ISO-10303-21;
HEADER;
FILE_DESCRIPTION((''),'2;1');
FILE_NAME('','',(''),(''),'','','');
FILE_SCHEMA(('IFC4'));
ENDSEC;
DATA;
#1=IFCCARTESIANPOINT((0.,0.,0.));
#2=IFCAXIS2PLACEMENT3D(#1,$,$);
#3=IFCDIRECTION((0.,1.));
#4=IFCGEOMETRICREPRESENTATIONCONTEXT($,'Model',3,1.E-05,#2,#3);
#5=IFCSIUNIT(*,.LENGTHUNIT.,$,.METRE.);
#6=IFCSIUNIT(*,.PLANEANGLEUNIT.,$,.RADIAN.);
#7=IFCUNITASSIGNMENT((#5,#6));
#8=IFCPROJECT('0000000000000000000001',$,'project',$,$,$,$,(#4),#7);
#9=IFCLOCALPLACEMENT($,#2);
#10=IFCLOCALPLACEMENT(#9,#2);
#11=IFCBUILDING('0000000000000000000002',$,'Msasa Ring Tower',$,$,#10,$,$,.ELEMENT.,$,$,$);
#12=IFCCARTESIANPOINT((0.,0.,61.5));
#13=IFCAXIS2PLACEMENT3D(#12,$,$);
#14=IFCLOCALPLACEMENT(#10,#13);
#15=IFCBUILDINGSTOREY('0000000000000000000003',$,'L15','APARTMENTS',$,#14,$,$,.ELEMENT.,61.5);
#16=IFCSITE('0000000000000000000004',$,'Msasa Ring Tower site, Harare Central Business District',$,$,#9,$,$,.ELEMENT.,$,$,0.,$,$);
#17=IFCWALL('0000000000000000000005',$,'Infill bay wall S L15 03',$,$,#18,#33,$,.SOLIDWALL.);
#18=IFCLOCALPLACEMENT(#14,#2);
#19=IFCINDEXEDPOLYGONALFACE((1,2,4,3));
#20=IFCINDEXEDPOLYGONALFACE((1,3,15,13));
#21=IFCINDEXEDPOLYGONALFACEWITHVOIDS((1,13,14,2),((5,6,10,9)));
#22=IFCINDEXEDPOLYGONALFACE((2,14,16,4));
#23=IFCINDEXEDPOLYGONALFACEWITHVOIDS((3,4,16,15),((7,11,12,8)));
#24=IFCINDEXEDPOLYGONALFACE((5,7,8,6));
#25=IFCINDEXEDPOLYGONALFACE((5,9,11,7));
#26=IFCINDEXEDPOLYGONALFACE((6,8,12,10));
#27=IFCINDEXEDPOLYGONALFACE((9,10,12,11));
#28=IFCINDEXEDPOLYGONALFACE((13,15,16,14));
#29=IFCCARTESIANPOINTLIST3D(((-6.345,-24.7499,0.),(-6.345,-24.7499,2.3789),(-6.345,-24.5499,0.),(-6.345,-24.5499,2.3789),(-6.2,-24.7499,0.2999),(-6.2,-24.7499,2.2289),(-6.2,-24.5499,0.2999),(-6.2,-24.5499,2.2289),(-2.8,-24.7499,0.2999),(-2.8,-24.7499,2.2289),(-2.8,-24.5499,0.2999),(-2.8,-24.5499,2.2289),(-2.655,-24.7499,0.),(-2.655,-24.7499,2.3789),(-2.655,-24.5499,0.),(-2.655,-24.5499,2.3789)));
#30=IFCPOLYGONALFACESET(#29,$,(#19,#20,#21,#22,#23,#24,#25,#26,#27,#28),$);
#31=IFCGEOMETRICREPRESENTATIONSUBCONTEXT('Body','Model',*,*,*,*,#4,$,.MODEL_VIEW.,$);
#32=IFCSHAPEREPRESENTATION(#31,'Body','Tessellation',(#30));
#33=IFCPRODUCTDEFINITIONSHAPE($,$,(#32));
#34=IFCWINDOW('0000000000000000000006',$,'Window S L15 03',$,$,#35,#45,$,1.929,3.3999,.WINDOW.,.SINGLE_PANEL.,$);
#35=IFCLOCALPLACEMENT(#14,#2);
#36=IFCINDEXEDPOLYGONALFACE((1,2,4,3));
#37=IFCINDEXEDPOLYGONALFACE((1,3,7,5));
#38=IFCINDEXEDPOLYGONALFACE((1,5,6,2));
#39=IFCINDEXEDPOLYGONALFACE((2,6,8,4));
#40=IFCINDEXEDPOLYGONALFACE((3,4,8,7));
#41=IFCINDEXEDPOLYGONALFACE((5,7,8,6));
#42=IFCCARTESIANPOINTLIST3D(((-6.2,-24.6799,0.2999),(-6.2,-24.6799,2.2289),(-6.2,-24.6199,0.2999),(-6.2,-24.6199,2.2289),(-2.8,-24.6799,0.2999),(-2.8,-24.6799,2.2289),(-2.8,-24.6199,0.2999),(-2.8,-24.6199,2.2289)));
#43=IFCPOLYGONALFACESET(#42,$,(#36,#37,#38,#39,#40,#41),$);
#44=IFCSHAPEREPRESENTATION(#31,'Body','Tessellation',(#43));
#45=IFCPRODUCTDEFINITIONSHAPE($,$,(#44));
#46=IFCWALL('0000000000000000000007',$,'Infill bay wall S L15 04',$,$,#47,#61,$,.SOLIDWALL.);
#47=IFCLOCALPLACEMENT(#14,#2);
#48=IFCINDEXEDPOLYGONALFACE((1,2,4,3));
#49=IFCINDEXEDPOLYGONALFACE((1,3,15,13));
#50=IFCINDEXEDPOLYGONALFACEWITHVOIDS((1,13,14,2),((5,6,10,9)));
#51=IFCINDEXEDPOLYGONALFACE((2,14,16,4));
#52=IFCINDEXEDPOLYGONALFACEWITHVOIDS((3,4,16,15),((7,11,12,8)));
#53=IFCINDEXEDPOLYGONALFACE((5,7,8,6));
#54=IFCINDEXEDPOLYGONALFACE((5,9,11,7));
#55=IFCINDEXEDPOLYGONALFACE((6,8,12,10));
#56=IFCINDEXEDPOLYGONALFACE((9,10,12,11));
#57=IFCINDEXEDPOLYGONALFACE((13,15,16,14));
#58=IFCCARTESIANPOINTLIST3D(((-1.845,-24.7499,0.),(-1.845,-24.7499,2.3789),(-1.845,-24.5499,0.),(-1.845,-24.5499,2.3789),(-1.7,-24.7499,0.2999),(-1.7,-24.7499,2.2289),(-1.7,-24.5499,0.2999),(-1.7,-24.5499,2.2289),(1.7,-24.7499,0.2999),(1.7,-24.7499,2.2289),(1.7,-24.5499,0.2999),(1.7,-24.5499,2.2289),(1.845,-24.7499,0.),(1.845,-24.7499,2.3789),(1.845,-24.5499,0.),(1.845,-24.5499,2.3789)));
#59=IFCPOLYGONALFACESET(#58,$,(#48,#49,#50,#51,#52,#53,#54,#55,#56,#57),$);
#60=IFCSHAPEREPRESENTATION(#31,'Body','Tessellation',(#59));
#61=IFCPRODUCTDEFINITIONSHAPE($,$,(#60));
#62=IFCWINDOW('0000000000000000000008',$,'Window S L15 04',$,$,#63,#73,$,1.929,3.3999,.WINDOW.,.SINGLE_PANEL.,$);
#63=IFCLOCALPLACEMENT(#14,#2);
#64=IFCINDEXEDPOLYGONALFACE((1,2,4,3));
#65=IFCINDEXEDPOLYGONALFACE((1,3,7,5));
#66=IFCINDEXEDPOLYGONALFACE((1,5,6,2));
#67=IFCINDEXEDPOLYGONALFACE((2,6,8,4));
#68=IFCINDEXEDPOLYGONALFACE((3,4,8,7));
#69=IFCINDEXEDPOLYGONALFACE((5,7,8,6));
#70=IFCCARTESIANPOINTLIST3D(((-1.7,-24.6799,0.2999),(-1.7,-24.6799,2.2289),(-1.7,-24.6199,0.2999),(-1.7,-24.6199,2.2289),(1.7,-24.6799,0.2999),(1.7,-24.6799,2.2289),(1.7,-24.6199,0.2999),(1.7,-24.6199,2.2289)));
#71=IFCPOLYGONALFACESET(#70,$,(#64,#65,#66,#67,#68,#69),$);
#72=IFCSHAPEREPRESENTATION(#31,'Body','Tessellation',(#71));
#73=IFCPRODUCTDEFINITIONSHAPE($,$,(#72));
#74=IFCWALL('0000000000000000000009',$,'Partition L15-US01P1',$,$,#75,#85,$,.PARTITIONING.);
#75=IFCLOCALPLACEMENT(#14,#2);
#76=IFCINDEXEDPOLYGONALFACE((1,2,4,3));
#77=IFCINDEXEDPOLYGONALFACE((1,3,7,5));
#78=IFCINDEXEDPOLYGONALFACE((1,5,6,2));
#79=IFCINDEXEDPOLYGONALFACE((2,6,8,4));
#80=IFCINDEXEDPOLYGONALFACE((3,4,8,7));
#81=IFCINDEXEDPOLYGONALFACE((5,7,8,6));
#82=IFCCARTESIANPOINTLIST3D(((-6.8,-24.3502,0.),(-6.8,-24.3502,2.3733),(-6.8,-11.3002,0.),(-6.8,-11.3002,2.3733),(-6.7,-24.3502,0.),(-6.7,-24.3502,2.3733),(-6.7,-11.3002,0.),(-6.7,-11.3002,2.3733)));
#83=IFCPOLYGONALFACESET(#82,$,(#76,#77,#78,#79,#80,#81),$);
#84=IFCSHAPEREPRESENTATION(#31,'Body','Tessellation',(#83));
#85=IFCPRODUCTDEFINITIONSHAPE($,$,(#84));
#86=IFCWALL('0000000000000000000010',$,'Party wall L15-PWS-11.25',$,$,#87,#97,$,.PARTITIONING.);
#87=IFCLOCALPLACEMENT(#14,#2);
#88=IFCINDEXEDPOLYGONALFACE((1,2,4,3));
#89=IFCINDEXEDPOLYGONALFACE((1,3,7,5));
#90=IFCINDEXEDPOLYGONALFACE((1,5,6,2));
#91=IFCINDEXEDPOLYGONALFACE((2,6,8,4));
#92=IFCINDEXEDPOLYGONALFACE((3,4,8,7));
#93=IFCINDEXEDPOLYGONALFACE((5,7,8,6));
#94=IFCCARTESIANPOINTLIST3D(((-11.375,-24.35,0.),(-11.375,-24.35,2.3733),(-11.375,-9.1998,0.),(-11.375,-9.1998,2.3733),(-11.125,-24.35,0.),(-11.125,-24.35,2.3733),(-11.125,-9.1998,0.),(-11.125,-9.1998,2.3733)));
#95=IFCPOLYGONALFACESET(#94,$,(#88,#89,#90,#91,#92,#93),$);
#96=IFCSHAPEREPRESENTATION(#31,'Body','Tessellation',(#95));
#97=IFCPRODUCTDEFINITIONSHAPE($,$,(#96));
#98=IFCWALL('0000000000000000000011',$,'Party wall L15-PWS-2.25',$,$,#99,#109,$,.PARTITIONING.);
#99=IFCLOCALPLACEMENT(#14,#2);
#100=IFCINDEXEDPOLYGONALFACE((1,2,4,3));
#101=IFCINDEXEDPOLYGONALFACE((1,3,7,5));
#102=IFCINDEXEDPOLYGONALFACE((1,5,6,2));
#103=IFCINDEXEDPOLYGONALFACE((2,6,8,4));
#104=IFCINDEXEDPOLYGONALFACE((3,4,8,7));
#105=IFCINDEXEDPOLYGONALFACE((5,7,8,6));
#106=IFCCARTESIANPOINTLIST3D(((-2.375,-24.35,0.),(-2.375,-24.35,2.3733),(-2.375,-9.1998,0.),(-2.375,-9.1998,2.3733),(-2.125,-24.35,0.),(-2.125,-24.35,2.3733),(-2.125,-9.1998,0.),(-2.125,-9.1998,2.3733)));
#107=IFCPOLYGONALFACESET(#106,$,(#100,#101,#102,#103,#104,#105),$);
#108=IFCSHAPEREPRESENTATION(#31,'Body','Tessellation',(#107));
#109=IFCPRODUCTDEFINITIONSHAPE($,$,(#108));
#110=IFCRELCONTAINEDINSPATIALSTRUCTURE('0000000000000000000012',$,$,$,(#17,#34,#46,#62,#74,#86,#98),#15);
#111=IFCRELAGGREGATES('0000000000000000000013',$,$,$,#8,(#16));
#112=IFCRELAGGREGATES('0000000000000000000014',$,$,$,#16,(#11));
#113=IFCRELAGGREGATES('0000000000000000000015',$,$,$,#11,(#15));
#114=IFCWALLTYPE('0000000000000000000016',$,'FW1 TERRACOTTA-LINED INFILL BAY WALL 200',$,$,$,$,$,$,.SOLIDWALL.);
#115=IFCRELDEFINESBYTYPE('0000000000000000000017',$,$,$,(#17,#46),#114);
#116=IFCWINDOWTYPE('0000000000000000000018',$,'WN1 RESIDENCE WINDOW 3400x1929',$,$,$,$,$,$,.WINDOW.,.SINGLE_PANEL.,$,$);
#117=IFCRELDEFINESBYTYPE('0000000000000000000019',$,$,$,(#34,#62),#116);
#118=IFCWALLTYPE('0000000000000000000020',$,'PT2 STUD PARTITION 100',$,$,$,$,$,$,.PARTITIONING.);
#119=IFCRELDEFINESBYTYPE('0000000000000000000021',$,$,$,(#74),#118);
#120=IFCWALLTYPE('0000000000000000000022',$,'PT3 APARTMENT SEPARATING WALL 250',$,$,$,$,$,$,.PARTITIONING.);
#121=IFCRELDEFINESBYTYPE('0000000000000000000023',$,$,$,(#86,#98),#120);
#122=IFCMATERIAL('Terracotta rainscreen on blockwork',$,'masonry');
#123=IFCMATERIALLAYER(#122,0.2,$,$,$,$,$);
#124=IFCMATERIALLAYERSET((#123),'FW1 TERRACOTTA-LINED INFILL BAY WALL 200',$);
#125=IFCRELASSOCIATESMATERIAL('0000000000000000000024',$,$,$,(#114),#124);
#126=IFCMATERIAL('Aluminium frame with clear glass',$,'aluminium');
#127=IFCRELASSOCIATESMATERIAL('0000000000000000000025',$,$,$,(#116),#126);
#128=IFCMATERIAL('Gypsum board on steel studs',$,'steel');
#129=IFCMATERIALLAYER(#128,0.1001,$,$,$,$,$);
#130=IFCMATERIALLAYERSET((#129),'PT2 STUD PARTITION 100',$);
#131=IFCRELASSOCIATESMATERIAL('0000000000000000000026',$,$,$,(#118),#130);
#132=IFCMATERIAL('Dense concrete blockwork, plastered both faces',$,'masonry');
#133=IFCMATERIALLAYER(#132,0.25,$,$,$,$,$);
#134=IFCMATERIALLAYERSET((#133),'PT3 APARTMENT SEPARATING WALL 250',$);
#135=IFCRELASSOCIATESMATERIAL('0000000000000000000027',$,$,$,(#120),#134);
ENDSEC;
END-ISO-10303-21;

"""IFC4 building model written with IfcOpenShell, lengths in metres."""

from ifc_helpers import new_model, si_unit, direction, frame, frame_2d, origin, place, context, subcontext, project, spatial, rectangle, extrude, material, layer, layer_set, type_object, element, fill, save


model = new_model("IFC4")

# Units and contexts
model_context = context("Model", 3, precision=1e-05, world=origin(), true_north=direction((0.0, 1.0)))
body_context = subcontext(model_context, "Body", "Model", "MODEL_VIEW")
ifc_project = project(units=[si_unit("LENGTHUNIT", "METRE"), si_unit("PLANEANGLEUNIT", "RADIAN")], contexts=[model_context])

# Site, building, storey
site_placement = place(None, origin())
site = spatial("IfcSite", under=ifc_project, at=site_placement, Name="Msasa Ring Tower site, Harare Central Business District", CompositionType="ELEMENT", RefElevation=0.0)
building_placement = place(site_placement, origin())
building = spatial("IfcBuilding", under=site, at=building_placement, Name="Msasa Ring Tower", CompositionType="ELEMENT")
storey_placement = place(building_placement, frame((0.0, 0.0, 61.5)))
storey = spatial("IfcBuildingStorey", under=building, at=storey_placement, Name="L15", Description="APARTMENTS", CompositionType="ELEMENT", Elevation=61.5)

# Walls, openings, windows
ifc_material_1 = material(Name="Terracotta rainscreen on blockwork", Category="masonry")
ifc_layer_1 = layer(ifc_material_1, 0.2)
ifc_layer_set_1 = layer_set([ifc_layer_1], Name="FW1 TERRACOTTA-LINED INFILL BAY WALL 200")
wall_type_1 = type_object("IfcWallType", Name="FW1 TERRACOTTA-LINED INFILL BAY WALL 200", PredefinedType="SOLIDWALL", material=ifc_layer_set_1)
ifc_material_2 = material(Name="Aluminium frame with clear glass", Category="aluminium")
window_type = type_object("IfcWindowType", Name="WN1 RESIDENCE WINDOW 3400x1929", PartitioningType="SINGLE_PANEL", PredefinedType="WINDOW", material=ifc_material_2)
wall_1_placement = place(storey_placement, frame((-6.345, -24.6499, 0.0), z_axis=(0.0, 0.0, 1.0), x_axis=(1.0, 0.0, 0.0)))
wall_1 = element("IfcWall", 1, at=wall_1_placement, inside=storey, type_object=wall_type_1, Name="Infill bay wall S L15 03", PredefinedType="SOLIDWALL", context=body_context, shape_type="SweptSolid", body=[
    extrude(rectangle(XDim=3.6899, YDim=0.2, at=frame_2d((1.845, 0.0))), origin(), (0.0, 0.0, 1.0), 2.3789),
])
opening_1_placement = place(wall_1_placement, frame((0.145, 0.0, 0.3)))
opening_1 = element("IfcOpeningElement", 2, at=opening_1_placement, cuts=wall_1, PredefinedType="OPENING", context=body_context, shape_type="SweptSolid", body=[
    extrude(rectangle(XDim=3.3999, YDim=1.929, at=frame_2d((1.7, 0.9644))), frame((0.0, 0.1099, 0.0), z_axis=(0.0, -1.0, 0.0), x_axis=(1.0, 0.0, 0.0)), (0.0, 0.0, 1.0), 0.22),
])
window_1_placement = place(opening_1_placement, origin())
window_1 = element("IfcWindow", 3, at=window_1_placement, inside=storey, type_object=window_type, Name="Window S L15 03", OverallHeight=1.929, OverallWidth=3.3999, PartitioningType="SINGLE_PANEL", PredefinedType="WINDOW", context=body_context, shape_type="SweptSolid", body=[
    extrude(rectangle(XDim=3.3999, YDim=1.929, at=frame_2d((1.7, 0.9644))), frame((0.0, 0.03, 0.0), z_axis=(0.0, -1.0, 0.0), x_axis=(1.0, 0.0, 0.0)), (0.0, 0.0, 1.0), 0.0601),
])
fill(opening_1, window_1)
wall_2_placement = place(storey_placement, frame((-1.845, -24.6499, 0.0), z_axis=(0.0, 0.0, 1.0), x_axis=(1.0, 0.0, 0.0)))
wall_2 = element("IfcWall", 4, at=wall_2_placement, inside=storey, type_object=wall_type_1, Name="Infill bay wall S L15 04", PredefinedType="SOLIDWALL", context=body_context, shape_type="SweptSolid", body=[
    extrude(rectangle(XDim=3.6899, YDim=0.2, at=frame_2d((1.845, 0.0))), origin(), (0.0, 0.0, 1.0), 2.3789),
])
opening_2_placement = place(wall_2_placement, frame((0.145, 0.0, 0.3)))
opening_2 = element("IfcOpeningElement", 5, at=opening_2_placement, cuts=wall_2, PredefinedType="OPENING", context=body_context, shape_type="SweptSolid", body=[
    extrude(rectangle(XDim=3.3999, YDim=1.929, at=frame_2d((1.7, 0.9644))), frame((0.0, 0.1099, 0.0), z_axis=(0.0, -1.0, 0.0), x_axis=(1.0, 0.0, 0.0)), (0.0, 0.0, 1.0), 0.22),
])
window_2_placement = place(opening_2_placement, origin())
window_2 = element("IfcWindow", 6, at=window_2_placement, inside=storey, type_object=window_type, Name="Window S L15 04", OverallHeight=1.929, OverallWidth=3.3999, PartitioningType="SINGLE_PANEL", PredefinedType="WINDOW", context=body_context, shape_type="SweptSolid", body=[
    extrude(rectangle(XDim=3.3999, YDim=1.929, at=frame_2d((1.7, 0.9644))), frame((0.0, 0.03, 0.0), z_axis=(0.0, -1.0, 0.0), x_axis=(1.0, 0.0, 0.0)), (0.0, 0.0, 1.0), 0.0601),
])
fill(opening_2, window_2)

# Walls
ifc_material_3 = material(Name="Gypsum board on steel studs", Category="steel")
ifc_layer_2 = layer(ifc_material_3, 0.1001)
ifc_layer_set_2 = layer_set([ifc_layer_2], Name="PT2 STUD PARTITION 100")
wall_type_2 = type_object("IfcWallType", Name="PT2 STUD PARTITION 100", PredefinedType="PARTITIONING", material=ifc_layer_set_2)
wall_3_placement = place(storey_placement, frame((-6.75, -24.3501, 0.0), z_axis=(0.0, 0.0, 1.0), x_axis=(0.0, 1.0, 0.0)))
element("IfcWall", 7, at=wall_3_placement, inside=storey, type_object=wall_type_2, Name="Partition L15-US01P1", PredefinedType="PARTITIONING", context=body_context, shape_type="SweptSolid", body=[
    extrude(rectangle(XDim=13.05, YDim=0.1001, at=frame_2d((6.5249, 0.0))), origin(), (0.0, 0.0, 1.0), 2.3733),
])
ifc_material_4 = material(Name="Dense concrete blockwork, plastered both faces", Category="masonry")
ifc_layer_3 = layer(ifc_material_4, 0.25)
ifc_layer_set_3 = layer_set([ifc_layer_3], Name="PT3 APARTMENT SEPARATING WALL 250")
wall_type_3 = type_object("IfcWallType", Name="PT3 APARTMENT SEPARATING WALL 250", PredefinedType="PARTITIONING", material=ifc_layer_set_3)
for number, where, z_axis, x_axis, name in (
    (8, (-11.25, -24.3501, 0.0), (0.0, 0.0, 1.0), (0.0, 1.0, 0.0), "Party wall L15-PWS-11.25"),
    (9, (-2.25, -24.3501, 0.0), (0.0, 0.0, 1.0), (0.0, 1.0, 0.0), "Party wall L15-PWS-2.25"),
):
    element("IfcWall", number, at=place(storey_placement, frame(where, z_axis=z_axis, x_axis=x_axis)), inside=storey, type_object=wall_type_3, Name=name, PredefinedType="PARTITIONING", context=body_context, shape_type="SweptSolid", body=[
        extrude(rectangle(XDim=15.1501, YDim=0.25, at=frame_2d((7.5752, 0.0))), origin(), (0.0, 0.0, 1.0), 2.3733),
    ])

save(model, "model.ifc")
